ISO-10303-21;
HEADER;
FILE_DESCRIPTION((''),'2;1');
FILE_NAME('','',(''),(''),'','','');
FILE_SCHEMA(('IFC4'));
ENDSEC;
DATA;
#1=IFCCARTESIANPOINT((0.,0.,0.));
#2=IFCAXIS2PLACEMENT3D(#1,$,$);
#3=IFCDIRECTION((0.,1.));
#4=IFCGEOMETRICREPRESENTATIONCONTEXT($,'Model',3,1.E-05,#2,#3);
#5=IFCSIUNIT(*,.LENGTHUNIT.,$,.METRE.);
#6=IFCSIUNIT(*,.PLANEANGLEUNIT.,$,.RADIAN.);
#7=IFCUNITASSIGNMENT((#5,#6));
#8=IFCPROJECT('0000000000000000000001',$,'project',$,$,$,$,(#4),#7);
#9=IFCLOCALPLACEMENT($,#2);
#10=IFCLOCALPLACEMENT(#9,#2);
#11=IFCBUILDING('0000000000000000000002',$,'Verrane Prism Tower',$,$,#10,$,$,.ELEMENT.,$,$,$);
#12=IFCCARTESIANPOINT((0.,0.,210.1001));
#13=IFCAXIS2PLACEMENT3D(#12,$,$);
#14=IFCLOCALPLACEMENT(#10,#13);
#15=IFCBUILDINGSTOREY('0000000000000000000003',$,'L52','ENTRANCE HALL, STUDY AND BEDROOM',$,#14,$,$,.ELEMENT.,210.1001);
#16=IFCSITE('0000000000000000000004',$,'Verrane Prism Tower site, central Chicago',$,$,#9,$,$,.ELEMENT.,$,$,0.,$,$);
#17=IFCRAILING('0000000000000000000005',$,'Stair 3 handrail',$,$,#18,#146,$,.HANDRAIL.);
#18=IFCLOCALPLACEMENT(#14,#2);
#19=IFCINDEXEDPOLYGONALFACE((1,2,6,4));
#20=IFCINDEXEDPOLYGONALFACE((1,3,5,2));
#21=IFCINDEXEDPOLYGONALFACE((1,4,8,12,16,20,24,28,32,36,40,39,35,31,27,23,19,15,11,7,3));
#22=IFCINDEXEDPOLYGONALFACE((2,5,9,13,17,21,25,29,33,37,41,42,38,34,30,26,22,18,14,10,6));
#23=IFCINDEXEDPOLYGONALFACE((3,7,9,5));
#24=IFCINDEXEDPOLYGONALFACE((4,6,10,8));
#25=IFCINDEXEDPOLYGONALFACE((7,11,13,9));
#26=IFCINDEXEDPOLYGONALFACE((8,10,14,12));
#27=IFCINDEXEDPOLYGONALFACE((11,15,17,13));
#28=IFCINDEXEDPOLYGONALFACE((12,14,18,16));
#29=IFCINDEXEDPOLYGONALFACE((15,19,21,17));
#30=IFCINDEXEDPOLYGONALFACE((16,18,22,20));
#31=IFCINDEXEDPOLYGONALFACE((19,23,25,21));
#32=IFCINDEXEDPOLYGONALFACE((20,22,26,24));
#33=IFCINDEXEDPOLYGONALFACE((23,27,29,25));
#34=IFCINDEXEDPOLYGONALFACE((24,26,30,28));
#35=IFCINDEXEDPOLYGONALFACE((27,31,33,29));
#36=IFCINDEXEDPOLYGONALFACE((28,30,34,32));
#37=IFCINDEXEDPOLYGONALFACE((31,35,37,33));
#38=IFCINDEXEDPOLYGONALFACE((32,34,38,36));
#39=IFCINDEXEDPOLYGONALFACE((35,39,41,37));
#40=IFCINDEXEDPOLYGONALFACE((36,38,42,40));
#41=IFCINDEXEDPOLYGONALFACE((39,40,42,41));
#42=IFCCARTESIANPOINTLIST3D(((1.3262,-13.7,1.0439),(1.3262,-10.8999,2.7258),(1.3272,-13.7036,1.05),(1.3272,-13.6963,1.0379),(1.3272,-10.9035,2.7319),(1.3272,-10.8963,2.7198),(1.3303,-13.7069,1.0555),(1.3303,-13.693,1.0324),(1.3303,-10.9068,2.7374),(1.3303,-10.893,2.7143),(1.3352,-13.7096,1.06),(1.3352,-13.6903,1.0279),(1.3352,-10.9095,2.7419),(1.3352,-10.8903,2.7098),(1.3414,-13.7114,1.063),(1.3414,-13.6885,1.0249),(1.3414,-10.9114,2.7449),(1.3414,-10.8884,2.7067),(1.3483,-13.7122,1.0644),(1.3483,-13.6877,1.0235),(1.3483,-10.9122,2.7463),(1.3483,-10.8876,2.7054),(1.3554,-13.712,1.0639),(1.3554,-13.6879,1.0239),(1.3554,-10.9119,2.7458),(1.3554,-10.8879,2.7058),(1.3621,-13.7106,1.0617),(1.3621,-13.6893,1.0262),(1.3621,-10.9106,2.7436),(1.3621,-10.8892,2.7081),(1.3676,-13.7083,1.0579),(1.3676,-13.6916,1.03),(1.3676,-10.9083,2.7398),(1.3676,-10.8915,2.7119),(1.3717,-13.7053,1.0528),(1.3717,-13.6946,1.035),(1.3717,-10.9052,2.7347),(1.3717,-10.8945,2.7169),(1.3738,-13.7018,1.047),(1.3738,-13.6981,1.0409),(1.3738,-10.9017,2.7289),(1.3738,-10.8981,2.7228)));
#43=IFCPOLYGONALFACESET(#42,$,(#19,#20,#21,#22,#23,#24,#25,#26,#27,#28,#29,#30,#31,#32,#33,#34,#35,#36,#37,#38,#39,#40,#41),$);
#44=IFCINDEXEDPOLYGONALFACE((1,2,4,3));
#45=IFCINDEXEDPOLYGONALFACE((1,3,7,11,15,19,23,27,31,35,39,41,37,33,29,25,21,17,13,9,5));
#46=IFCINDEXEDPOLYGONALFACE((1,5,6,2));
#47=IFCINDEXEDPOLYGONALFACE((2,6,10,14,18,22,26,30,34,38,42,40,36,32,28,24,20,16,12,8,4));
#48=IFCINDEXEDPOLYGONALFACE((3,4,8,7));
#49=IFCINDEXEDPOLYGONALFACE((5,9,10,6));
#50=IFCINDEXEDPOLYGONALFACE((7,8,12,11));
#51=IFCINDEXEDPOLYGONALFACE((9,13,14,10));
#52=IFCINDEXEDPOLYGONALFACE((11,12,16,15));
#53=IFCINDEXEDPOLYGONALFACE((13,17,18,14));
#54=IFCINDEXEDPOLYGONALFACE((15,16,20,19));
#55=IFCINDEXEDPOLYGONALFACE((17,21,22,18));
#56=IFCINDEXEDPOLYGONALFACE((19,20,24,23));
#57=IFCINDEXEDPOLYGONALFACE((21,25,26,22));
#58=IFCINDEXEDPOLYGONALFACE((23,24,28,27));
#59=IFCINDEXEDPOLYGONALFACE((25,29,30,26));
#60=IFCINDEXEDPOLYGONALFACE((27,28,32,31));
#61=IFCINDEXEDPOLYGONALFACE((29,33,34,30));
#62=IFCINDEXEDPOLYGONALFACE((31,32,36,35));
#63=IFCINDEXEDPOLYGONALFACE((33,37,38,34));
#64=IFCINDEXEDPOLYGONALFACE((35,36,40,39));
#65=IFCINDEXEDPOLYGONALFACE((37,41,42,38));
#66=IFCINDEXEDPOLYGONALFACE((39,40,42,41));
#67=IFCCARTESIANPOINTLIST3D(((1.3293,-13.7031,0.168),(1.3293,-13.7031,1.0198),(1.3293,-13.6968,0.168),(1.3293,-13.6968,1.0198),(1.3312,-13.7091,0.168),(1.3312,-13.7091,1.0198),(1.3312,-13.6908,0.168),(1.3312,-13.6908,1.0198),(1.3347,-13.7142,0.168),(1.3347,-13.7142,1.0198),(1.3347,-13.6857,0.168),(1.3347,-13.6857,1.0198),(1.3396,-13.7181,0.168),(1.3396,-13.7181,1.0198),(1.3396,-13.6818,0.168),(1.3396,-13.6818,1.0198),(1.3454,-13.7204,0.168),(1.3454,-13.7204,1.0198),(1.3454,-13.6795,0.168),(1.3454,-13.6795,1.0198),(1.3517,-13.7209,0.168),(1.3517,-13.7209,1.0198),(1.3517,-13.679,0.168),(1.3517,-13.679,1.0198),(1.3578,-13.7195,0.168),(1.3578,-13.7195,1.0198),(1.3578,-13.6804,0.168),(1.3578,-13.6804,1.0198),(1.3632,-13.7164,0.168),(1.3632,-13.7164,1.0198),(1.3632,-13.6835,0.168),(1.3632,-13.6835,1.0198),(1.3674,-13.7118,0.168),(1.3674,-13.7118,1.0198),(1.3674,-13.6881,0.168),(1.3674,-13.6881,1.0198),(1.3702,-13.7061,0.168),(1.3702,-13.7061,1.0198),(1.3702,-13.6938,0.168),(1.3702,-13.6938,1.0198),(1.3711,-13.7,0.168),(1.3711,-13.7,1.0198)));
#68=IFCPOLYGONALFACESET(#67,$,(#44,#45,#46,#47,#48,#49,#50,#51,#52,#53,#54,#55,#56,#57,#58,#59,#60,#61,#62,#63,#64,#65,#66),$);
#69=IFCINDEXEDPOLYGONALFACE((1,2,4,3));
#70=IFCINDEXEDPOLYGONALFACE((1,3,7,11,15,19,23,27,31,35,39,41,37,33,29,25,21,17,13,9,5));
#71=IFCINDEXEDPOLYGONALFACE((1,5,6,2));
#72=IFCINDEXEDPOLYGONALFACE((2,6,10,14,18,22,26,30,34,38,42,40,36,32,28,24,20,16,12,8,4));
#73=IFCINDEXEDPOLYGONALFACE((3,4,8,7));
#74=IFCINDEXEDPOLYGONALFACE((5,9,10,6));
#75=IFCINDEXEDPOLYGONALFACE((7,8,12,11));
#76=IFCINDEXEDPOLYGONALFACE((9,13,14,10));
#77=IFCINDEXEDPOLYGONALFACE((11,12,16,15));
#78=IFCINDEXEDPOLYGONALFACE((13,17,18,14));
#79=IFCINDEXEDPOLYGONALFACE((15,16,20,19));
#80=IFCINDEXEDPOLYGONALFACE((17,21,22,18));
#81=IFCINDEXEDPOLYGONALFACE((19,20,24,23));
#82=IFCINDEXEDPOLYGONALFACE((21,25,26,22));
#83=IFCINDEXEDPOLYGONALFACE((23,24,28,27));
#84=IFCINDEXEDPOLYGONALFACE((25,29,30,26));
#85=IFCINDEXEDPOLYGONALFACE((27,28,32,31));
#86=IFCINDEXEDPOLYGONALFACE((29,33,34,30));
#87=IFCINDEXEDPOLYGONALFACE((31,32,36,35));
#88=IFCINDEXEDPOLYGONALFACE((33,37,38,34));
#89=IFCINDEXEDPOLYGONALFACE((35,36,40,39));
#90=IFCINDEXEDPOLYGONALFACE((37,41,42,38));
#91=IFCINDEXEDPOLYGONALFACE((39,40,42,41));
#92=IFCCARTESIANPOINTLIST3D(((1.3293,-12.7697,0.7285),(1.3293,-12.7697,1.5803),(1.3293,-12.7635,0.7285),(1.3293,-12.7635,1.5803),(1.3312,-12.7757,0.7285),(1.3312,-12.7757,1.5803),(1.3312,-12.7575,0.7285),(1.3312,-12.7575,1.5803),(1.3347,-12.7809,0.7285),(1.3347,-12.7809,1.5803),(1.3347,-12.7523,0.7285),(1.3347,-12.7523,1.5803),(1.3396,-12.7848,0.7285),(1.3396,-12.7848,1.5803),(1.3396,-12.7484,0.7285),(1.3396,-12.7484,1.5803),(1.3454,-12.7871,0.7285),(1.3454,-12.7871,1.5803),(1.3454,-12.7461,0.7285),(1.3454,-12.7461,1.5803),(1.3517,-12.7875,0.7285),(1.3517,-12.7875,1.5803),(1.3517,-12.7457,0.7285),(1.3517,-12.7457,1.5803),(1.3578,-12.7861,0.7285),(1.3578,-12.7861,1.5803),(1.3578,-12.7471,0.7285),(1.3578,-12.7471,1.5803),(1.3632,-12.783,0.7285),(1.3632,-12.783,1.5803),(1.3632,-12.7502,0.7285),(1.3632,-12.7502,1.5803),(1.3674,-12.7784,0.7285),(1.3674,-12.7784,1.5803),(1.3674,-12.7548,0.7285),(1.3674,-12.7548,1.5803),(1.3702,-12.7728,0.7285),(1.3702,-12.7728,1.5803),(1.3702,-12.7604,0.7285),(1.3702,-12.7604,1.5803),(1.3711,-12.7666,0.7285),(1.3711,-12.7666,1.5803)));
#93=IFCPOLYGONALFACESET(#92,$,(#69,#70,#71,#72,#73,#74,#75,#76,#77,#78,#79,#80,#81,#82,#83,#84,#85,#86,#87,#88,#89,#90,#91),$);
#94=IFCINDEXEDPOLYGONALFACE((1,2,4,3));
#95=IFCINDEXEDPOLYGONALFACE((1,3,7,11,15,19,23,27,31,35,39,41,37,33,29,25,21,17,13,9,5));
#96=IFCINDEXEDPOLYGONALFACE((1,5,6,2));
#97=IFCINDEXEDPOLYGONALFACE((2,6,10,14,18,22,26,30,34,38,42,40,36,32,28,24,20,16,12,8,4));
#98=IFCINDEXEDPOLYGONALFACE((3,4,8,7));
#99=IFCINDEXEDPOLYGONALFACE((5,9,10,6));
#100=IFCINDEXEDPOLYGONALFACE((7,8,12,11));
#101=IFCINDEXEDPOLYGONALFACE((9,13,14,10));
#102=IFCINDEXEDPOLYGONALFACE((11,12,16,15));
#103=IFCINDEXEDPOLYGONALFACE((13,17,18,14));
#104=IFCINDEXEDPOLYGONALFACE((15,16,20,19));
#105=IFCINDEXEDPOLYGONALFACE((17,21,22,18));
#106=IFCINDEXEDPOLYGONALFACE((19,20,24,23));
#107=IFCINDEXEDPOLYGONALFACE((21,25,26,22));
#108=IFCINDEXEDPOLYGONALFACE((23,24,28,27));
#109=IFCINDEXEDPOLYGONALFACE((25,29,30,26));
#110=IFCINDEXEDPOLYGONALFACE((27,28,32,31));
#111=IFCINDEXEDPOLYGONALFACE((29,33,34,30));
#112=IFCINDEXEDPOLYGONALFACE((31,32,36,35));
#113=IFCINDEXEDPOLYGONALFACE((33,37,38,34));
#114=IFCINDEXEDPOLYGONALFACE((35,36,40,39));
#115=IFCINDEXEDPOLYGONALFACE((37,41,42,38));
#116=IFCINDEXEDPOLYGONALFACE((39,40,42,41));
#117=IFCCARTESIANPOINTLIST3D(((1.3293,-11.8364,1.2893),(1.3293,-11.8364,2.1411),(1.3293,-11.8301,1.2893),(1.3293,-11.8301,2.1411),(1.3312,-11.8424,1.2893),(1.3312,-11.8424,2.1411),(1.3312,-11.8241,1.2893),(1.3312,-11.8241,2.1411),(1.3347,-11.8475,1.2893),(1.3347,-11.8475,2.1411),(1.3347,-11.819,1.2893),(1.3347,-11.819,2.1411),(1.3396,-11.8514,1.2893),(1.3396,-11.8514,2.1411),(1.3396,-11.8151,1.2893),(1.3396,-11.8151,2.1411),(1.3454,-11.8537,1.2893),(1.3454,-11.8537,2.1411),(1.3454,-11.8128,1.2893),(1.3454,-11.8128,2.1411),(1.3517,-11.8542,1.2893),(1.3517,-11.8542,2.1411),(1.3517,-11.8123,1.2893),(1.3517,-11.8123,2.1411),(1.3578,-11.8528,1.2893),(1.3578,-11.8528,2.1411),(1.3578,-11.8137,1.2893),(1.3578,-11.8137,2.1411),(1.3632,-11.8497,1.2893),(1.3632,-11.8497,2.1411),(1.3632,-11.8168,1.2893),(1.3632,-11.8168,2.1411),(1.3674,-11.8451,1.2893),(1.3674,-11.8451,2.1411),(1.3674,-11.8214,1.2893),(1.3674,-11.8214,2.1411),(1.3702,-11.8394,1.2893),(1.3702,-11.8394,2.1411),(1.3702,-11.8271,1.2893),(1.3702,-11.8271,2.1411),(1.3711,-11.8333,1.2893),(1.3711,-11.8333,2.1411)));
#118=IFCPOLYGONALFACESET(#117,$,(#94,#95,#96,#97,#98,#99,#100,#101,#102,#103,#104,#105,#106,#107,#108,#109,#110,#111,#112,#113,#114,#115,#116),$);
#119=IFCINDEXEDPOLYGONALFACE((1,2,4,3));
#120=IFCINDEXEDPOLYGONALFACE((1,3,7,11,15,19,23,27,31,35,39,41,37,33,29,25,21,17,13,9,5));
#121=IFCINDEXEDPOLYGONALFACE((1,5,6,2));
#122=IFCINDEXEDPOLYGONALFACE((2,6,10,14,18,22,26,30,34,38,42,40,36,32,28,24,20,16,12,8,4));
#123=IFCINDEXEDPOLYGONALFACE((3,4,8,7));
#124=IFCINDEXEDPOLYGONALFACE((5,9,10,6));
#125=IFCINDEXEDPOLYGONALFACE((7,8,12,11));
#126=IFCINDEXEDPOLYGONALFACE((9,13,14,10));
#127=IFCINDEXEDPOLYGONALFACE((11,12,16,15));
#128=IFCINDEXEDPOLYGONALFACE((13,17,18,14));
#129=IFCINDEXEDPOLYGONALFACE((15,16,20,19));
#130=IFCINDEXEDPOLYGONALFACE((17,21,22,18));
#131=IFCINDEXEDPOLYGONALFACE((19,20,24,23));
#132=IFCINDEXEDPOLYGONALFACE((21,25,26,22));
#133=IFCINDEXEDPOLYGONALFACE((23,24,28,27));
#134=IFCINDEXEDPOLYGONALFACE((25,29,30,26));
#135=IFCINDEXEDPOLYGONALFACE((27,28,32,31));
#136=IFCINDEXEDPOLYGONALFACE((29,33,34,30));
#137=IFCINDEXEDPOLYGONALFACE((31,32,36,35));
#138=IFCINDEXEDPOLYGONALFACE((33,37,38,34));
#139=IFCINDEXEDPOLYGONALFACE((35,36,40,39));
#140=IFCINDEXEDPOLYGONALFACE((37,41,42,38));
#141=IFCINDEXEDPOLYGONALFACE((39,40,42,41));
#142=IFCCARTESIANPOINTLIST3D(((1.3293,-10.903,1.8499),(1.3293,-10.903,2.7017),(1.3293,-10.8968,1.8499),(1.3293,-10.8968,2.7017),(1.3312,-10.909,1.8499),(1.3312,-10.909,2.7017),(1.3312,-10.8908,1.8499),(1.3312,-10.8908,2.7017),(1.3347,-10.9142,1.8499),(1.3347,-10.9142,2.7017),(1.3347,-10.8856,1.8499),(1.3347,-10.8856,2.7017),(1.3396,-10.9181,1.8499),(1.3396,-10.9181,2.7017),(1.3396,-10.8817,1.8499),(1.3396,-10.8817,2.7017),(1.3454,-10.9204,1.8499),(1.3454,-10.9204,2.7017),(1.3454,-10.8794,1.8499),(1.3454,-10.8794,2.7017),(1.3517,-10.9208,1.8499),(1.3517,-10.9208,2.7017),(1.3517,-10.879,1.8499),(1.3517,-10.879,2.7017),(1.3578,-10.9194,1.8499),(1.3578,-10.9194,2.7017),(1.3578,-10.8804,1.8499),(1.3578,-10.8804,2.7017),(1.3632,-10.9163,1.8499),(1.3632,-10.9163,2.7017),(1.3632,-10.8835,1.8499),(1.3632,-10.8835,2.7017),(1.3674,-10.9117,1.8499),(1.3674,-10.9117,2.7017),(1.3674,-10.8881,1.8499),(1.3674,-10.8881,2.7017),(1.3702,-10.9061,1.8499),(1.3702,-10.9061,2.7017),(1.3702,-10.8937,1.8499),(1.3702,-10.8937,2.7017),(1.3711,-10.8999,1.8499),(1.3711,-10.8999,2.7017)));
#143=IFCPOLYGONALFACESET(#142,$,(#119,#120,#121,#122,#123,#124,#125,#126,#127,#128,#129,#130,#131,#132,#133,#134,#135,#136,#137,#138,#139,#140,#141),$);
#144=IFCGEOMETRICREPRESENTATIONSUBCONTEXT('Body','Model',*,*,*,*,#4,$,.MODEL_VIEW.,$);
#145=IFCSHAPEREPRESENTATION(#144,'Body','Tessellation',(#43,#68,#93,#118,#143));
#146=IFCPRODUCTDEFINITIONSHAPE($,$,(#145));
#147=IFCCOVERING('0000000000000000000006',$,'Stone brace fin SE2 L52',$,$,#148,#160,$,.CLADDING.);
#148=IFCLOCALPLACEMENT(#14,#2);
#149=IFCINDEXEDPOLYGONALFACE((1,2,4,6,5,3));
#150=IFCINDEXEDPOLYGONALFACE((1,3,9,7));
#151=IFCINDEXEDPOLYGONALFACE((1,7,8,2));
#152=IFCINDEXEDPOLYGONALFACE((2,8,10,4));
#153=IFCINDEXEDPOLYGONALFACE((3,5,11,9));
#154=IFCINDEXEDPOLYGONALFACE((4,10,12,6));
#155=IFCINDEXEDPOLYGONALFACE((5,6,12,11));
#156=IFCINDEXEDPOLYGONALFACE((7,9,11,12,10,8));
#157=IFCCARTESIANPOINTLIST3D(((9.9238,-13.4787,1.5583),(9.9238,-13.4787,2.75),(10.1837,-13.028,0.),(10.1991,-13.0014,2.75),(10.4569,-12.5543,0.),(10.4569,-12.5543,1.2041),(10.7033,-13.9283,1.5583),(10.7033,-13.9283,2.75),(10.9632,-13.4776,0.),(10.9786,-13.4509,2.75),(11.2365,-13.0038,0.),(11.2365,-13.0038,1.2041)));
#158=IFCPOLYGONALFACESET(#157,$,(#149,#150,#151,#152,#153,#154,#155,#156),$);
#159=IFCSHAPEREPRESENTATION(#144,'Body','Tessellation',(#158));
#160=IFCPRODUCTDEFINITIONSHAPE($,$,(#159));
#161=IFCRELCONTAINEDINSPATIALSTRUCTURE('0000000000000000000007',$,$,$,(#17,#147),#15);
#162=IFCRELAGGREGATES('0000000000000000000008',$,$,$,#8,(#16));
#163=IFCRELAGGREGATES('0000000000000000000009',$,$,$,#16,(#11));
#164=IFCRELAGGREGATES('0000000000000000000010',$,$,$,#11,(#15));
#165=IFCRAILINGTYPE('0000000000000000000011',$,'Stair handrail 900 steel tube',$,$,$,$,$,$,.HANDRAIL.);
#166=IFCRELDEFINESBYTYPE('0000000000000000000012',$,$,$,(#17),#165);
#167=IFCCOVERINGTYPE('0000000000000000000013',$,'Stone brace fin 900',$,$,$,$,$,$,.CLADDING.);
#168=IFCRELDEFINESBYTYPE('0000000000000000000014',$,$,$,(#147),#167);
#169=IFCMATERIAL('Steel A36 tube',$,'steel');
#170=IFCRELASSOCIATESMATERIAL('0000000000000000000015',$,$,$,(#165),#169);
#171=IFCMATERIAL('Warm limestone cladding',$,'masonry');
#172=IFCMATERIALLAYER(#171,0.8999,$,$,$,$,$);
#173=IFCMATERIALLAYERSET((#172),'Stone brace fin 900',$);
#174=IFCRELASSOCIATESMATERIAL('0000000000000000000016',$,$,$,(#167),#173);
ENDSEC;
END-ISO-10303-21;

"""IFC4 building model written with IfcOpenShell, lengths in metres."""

from ifc_helpers import new_model, si_unit, direction, frame, origin, origin_2d, place, context, subcontext, project, spatial, polyline, circle, outline, extrude, material, layer, layer_set, type_object, element, save


model = new_model("IFC4")

# Units and contexts
model_context = context("Model", 3, precision=1e-05, world=origin(), true_north=direction((0.0, 1.0)))
body_context = subcontext(model_context, "Body", "Model", "MODEL_VIEW")
ifc_project = project(units=[si_unit("LENGTHUNIT", "METRE"), si_unit("PLANEANGLEUNIT", "RADIAN")], contexts=[model_context])

# Site, building, storey
site_placement = place(None, origin())
site = spatial("IfcSite", under=ifc_project, at=site_placement, Name="Verrane Prism Tower site, central Chicago", CompositionType="ELEMENT", RefElevation=0.0)
building_placement = place(site_placement, origin())
building = spatial("IfcBuilding", under=site, at=building_placement, Name="Verrane Prism Tower", CompositionType="ELEMENT")
storey_placement = place(building_placement, frame((0.0, 0.0, 210.1001)))
storey = spatial("IfcBuildingStorey", under=building, at=storey_placement, Name="L52", Description="ENTRANCE HALL, STUDY AND BEDROOM", CompositionType="ELEMENT", Elevation=210.1001)

# Railing
ifc_material_1 = material(Name="Steel A36 tube", Category="steel")
railing_type_1 = type_object("IfcRailingType", Name="Stair handrail 900 steel tube", PredefinedType="HANDRAIL", material=ifc_material_1)
railing_1_placement = place(storey_placement, frame((1.3501, -13.7, 0.168)))
element("IfcRailing", 1, at=railing_1_placement, inside=storey, type_object=railing_type_1, Name="Stair 3 handrail", PredefinedType="HANDRAIL", context=body_context, shape_type="SweptSolid", body=[
    extrude(circle(Radius=0.0239, at=origin_2d()), frame((0.0, 0.0, 0.876), z_axis=(0.0, 0.857242, 0.514913), x_axis=(-1.0, 0.0, 0.0)), (0.0, 0.0, 1.0), 3.2664),
    extrude(circle(Radius=0.021, at=origin_2d()), origin(), (0.0, 0.0, 1.0), 0.8518),
    extrude(circle(Radius=0.021, at=origin_2d()), frame((0.0, 0.9333, 0.5605)), (0.0, 0.0, 1.0), 0.8518),
    extrude(circle(Radius=0.021, at=origin_2d()), frame((0.0, 1.8667, 1.1213)), (0.0, 0.0, 1.0), 0.8518),
    extrude(circle(Radius=0.021, at=origin_2d()), frame((0.0, 2.8, 1.6819)), (0.0, 0.0, 1.0), 0.8518),
])

# Covering
ifc_material_2 = material(Name="Warm limestone cladding", Category="masonry")
ifc_layer_1 = layer(ifc_material_2, 0.8999)
ifc_layer_set_1 = layer_set([ifc_layer_1], Name="Stone brace fin 900")
covering_type = type_object("IfcCoveringType", Name="Stone brace fin 900", PredefinedType="CLADDING", material=ifc_layer_set_1)
covering_placement = place(storey_placement, frame((10.8467, -12.7791, 0.0), z_axis=(0.0, 0.0, 1.0), x_axis=(-0.499584, -0.866266, 0.0)))
element("IfcCovering", 2, at=covering_placement, inside=storey, type_object=covering_type, Name="Stone brace fin SE2 L52", PredefinedType="CLADDING", context=body_context, shape_type="SweptSolid", body=[
    extrude(outline(polyline([(1.0671, 2.75), (0.5161, 2.75), (0.0, 1.2041), (0.0, 0.0), (0.5469, 0.0), (1.0671, 1.5583), (1.0671, 2.75)])), frame((0.0, 0.45, 0.0), z_axis=(0.0, -1.0, 0.0), x_axis=(1.0, 0.0, 0.0)), (0.0, 0.0, 1.0), 0.8999),
])

save(model, "model.ifc")
